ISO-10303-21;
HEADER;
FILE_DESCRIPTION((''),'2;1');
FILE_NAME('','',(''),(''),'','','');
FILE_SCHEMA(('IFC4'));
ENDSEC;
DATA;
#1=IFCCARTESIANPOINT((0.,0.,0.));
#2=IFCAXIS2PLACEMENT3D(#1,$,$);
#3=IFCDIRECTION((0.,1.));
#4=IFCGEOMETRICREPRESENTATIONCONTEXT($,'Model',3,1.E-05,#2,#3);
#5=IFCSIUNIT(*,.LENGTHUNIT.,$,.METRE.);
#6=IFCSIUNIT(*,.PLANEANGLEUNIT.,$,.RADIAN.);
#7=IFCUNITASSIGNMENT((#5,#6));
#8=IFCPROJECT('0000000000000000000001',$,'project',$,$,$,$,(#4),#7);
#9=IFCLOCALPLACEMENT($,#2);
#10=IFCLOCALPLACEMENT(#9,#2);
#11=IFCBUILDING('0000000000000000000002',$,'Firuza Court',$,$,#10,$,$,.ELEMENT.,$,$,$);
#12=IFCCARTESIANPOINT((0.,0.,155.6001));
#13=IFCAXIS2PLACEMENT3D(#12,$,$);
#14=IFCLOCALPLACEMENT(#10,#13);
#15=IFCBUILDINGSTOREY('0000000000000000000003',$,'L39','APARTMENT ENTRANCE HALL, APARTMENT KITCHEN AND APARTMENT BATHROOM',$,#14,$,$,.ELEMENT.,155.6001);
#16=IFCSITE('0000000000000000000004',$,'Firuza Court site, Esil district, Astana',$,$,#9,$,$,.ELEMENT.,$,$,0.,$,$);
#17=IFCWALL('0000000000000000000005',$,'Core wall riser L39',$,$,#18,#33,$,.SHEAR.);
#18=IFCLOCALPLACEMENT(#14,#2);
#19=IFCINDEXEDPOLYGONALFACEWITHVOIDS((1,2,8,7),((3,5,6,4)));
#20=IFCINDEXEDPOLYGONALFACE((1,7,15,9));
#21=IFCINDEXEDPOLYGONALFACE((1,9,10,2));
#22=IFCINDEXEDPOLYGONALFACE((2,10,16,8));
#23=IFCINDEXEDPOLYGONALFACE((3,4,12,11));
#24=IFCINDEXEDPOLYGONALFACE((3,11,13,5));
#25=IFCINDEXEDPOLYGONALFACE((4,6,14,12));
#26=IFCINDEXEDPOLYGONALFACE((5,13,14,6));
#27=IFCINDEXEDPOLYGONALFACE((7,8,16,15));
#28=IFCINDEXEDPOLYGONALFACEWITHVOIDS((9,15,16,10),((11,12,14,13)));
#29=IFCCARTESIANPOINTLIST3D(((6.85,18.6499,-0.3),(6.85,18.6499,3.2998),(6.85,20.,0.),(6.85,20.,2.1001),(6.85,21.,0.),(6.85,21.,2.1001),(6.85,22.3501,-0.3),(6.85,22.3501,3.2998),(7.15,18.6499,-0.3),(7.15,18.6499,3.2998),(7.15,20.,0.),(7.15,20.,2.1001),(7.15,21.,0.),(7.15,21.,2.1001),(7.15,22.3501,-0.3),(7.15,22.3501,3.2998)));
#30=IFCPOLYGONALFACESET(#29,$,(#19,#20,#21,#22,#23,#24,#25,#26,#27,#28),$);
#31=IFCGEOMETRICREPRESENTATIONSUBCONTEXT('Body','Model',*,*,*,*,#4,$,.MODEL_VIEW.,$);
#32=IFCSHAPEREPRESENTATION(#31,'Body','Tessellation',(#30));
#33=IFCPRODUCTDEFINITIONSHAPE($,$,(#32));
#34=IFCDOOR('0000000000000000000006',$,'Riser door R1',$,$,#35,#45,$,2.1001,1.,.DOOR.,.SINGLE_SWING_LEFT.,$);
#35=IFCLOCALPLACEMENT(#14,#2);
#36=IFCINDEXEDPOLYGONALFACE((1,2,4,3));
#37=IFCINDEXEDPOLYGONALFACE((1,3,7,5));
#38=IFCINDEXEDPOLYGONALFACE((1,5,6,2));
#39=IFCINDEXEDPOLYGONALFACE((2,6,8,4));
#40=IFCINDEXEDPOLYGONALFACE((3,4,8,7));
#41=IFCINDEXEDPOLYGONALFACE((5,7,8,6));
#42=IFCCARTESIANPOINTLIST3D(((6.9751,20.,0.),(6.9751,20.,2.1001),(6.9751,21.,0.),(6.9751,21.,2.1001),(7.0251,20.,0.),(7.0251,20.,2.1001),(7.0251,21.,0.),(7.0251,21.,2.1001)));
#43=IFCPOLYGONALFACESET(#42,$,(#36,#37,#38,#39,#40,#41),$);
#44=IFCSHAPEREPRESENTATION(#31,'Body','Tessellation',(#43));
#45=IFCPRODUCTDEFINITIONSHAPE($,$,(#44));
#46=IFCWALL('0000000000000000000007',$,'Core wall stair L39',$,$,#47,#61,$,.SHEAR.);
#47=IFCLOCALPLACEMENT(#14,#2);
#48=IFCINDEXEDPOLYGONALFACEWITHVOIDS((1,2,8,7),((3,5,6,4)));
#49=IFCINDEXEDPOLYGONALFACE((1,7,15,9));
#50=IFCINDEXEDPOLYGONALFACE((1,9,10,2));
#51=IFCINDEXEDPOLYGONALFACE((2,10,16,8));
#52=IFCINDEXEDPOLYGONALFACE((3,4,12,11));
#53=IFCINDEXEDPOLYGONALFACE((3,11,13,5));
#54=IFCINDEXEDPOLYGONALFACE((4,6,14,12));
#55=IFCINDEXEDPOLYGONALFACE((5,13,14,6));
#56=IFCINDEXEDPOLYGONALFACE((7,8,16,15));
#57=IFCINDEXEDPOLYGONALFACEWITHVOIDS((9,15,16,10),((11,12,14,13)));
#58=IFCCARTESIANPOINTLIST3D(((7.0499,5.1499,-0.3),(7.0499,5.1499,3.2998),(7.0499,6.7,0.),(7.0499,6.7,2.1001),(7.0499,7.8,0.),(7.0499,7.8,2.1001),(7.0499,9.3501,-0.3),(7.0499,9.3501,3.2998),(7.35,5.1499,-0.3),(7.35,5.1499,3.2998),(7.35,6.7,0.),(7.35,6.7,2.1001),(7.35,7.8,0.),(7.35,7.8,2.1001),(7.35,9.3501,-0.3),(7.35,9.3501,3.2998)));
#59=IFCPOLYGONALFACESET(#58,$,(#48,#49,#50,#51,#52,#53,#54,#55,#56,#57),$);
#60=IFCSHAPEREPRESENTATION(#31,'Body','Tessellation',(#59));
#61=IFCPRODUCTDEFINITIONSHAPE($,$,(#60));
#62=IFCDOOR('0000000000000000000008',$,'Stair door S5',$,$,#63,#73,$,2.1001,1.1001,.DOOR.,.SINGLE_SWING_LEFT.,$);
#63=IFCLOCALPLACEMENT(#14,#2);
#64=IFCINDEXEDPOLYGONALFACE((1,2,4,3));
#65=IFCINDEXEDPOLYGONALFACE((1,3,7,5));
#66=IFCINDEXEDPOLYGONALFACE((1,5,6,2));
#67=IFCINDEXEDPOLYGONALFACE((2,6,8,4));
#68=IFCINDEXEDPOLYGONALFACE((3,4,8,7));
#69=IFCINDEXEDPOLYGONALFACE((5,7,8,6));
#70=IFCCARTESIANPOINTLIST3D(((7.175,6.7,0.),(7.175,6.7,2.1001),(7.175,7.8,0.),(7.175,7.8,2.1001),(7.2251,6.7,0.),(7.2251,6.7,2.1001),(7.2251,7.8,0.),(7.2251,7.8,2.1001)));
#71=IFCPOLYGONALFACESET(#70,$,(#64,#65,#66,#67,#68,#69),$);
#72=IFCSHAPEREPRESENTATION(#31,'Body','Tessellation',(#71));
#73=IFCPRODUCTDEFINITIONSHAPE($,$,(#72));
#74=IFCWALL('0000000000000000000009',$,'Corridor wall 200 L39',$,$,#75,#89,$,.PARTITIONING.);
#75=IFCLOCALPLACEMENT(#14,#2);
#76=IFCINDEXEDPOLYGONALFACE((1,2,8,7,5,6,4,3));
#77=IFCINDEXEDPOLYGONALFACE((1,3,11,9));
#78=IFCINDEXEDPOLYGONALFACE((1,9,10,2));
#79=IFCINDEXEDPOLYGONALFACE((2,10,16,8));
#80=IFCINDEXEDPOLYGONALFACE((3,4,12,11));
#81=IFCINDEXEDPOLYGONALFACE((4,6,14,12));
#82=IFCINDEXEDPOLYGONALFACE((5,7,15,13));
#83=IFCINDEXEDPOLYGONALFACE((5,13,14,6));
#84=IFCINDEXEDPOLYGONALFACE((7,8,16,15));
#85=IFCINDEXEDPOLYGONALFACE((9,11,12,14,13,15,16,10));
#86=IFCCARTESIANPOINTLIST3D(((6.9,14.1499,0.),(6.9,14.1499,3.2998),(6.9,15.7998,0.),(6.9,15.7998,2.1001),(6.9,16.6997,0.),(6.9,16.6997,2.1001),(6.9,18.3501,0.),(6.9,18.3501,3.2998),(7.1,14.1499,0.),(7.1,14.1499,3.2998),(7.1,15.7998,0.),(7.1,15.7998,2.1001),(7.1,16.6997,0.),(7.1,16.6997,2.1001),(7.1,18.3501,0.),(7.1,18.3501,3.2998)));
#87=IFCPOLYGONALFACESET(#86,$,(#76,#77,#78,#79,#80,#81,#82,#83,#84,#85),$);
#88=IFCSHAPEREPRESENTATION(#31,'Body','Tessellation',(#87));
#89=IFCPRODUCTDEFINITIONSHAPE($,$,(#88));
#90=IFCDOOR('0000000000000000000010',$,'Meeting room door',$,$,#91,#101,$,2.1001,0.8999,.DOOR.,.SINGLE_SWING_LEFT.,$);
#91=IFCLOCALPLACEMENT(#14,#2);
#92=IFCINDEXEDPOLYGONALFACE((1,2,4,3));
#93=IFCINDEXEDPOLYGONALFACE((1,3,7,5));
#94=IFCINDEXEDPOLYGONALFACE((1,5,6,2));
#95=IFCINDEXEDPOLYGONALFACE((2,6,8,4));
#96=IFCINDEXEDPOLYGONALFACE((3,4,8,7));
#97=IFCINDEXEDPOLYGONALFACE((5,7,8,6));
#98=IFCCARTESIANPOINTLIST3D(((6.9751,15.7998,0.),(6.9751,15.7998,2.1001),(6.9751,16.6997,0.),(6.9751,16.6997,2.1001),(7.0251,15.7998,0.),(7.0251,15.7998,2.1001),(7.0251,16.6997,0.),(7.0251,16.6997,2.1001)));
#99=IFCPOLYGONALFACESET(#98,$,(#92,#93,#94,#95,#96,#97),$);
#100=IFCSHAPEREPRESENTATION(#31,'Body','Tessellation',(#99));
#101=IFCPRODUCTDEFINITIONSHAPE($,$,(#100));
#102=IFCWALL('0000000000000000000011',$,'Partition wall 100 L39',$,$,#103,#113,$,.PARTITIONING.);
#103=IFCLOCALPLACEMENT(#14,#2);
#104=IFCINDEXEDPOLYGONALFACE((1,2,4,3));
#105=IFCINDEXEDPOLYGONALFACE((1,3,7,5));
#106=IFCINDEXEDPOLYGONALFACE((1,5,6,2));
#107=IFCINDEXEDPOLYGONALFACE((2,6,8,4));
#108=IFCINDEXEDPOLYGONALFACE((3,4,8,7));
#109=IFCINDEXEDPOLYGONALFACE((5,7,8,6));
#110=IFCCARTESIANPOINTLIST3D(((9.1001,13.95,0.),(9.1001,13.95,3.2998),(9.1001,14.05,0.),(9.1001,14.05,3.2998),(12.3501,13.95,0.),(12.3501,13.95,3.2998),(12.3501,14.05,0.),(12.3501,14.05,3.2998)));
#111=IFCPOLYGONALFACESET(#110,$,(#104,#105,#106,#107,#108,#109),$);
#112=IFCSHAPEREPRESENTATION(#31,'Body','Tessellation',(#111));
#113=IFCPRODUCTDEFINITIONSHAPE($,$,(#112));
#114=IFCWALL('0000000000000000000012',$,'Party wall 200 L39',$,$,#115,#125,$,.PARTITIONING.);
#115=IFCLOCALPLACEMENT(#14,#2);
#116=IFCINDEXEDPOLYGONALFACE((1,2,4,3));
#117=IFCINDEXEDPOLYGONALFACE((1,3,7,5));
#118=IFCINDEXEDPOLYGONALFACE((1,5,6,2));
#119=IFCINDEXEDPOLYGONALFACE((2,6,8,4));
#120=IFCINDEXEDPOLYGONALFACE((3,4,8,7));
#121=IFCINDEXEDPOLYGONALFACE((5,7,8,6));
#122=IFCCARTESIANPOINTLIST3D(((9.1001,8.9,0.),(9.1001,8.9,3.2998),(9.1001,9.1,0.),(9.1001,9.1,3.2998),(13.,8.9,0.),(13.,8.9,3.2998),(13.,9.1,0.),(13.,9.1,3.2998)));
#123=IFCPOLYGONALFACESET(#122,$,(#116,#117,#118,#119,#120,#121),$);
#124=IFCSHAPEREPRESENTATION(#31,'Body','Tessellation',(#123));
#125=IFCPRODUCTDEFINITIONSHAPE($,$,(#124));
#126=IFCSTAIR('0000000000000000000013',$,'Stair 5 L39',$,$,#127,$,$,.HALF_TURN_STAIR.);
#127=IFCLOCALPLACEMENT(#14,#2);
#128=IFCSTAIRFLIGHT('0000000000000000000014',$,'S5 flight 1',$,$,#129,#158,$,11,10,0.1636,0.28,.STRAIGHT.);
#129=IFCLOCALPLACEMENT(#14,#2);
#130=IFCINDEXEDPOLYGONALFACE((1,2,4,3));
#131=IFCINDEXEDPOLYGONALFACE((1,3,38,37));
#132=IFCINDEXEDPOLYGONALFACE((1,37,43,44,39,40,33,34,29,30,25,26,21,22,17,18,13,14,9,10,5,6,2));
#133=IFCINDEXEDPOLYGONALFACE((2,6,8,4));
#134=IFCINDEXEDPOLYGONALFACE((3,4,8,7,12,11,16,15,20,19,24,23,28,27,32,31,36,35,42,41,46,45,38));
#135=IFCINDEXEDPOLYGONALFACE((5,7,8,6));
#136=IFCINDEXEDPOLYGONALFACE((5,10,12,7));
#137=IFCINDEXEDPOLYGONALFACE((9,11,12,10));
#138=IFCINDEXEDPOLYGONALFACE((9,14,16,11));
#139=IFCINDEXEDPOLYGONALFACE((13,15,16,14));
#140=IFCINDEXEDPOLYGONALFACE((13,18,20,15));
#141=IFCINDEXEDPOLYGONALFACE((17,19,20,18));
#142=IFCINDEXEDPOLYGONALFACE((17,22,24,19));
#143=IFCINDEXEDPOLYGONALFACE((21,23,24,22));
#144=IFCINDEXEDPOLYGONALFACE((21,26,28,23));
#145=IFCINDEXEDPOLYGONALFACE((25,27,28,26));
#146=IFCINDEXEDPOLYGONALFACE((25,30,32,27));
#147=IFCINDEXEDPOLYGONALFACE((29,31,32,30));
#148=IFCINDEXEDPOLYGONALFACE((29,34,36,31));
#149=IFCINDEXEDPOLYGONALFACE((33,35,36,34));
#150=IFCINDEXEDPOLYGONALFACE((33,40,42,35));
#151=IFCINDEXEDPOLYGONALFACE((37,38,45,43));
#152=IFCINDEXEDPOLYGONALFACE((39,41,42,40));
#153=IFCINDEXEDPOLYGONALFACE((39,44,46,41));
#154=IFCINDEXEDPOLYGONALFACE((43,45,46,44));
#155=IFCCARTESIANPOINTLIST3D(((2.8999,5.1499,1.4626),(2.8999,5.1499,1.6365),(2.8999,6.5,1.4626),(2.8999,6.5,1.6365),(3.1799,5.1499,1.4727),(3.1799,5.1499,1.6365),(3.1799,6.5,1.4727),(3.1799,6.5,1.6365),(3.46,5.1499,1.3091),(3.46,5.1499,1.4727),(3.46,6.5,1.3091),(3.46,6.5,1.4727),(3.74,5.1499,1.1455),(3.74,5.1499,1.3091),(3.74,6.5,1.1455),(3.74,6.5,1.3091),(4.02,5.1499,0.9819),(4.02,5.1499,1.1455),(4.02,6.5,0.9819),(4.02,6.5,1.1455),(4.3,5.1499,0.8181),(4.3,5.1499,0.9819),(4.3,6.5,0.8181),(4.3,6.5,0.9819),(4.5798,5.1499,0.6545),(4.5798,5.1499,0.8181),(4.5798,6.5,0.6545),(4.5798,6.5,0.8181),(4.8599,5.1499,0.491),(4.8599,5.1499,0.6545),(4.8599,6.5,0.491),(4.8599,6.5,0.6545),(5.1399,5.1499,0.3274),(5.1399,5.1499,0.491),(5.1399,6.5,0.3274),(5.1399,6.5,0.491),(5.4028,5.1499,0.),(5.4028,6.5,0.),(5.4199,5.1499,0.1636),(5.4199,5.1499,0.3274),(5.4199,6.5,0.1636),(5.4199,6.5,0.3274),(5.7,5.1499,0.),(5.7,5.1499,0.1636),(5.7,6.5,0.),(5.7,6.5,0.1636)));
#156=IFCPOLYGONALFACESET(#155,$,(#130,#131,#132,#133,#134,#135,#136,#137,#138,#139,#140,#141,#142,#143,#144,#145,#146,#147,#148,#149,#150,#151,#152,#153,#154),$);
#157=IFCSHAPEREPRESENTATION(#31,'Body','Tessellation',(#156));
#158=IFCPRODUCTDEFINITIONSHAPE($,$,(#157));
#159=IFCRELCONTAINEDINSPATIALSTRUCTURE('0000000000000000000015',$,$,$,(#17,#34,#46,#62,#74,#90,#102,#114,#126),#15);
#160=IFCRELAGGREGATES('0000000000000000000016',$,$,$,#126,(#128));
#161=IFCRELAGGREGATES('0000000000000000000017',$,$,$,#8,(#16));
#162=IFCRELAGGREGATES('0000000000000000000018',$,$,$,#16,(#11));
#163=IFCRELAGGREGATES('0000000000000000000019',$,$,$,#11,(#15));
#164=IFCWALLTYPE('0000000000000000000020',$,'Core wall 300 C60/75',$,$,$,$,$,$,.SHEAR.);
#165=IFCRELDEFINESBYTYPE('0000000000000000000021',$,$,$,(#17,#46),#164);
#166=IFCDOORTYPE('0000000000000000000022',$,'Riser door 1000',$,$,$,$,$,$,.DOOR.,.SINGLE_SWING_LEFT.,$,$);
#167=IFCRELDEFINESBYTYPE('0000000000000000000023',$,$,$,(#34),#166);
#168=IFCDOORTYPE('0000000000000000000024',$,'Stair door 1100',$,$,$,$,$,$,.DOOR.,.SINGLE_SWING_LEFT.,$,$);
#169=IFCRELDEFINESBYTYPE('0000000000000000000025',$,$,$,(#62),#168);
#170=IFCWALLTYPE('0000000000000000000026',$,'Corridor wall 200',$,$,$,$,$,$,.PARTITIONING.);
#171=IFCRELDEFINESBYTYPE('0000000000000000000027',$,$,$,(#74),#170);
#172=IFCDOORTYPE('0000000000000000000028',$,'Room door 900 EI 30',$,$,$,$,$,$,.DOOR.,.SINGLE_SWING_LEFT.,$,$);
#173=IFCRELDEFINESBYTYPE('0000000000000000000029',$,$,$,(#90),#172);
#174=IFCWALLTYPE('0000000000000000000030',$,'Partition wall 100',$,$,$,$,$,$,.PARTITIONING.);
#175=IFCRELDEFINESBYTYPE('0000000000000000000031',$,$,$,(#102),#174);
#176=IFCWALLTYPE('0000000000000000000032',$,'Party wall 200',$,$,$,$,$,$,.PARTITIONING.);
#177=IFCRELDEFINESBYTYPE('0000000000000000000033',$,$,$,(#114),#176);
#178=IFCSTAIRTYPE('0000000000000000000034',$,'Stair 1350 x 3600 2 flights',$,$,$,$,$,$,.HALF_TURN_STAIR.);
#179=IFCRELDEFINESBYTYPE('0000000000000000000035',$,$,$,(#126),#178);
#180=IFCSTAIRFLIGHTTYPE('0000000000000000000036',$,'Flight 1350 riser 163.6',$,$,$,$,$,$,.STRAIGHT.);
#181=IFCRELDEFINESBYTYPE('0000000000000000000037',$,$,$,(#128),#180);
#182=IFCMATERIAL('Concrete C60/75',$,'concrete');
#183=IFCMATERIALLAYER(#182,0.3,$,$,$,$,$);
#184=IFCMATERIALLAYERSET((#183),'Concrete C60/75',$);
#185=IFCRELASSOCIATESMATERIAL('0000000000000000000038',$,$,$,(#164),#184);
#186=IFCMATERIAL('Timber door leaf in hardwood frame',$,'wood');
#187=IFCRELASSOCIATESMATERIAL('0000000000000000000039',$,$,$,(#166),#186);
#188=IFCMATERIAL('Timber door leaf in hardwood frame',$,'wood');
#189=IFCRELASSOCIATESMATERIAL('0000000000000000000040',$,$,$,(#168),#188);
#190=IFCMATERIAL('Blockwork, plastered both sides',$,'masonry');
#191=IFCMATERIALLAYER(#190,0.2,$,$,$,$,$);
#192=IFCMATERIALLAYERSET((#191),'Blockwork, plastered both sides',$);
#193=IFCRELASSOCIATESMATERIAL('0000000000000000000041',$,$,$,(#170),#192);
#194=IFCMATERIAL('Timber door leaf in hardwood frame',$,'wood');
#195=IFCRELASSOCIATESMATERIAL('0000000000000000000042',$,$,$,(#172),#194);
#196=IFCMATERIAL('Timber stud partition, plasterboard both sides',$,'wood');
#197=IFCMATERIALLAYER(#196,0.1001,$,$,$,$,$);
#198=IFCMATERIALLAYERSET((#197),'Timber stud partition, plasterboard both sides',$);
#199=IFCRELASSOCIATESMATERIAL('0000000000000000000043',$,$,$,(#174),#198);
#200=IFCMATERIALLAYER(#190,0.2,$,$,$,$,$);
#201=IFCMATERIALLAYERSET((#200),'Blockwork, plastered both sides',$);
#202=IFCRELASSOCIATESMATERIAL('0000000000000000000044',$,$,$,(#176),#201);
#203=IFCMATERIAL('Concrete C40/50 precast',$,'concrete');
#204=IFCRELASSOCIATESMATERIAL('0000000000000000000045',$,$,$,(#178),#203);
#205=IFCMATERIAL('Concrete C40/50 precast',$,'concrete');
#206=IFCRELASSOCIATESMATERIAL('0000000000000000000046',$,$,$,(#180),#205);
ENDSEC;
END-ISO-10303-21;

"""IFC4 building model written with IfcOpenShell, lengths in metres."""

from ifc_helpers import new_model, si_unit, direction, frame, frame_2d, origin, place, context, subcontext, project, spatial, polyline, rectangle, outline, extrude, material, layer, layer_set, type_object, element, fill, aggregate, save


model = new_model("IFC4")

# Units and contexts
model_context = context("Model", 3, precision=1e-05, world=origin(), true_north=direction((0.0, 1.0)))
body_context = subcontext(model_context, "Body", "Model", "MODEL_VIEW")
ifc_project = project(units=[si_unit("LENGTHUNIT", "METRE"), si_unit("PLANEANGLEUNIT", "RADIAN")], contexts=[model_context])

# Site, building, storey
site_placement = place(None, origin())
site = spatial("IfcSite", under=ifc_project, at=site_placement, Name="Firuza Court site, Esil district, Astana", CompositionType="ELEMENT", RefElevation=0.0)
building_placement = place(site_placement, origin())
building = spatial("IfcBuilding", under=site, at=building_placement, Name="Firuza Court", CompositionType="ELEMENT")
storey_placement = place(building_placement, frame((0.0, 0.0, 155.6001)))
storey = spatial("IfcBuildingStorey", under=building, at=storey_placement, Name="L39", Description="APARTMENT ENTRANCE HALL, APARTMENT KITCHEN AND APARTMENT BATHROOM", CompositionType="ELEMENT", Elevation=155.6001)

# Shared definitions
ifc_material_1 = material(Name="Concrete C60/75", Category="concrete")
ifc_layer_1 = layer(ifc_material_1, 0.3)
ifc_layer_set_1 = layer_set([ifc_layer_1], Name="Concrete C60/75")
wall_type_1 = type_object("IfcWallType", Name="Core wall 300 C60/75", PredefinedType="SHEAR", material=ifc_layer_set_1)

# Walls, openings, doors
ifc_material_2 = material(Name="Timber door leaf in hardwood frame", Category="wood")
door_type_1 = type_object("IfcDoorType", Name="Riser door 1000", OperationType="SINGLE_SWING_LEFT", PredefinedType="DOOR", material=ifc_material_2)
wall_1_placement = place(storey_placement, frame((7.0, 18.6499, -0.3), z_axis=(0.0, 0.0, 1.0), x_axis=(0.0, 1.0, 0.0)))
wall_1 = element("IfcWall", 1, at=wall_1_placement, inside=storey, type_object=wall_type_1, Name="Core wall riser L39", PredefinedType="SHEAR", context=body_context, shape_type="SweptSolid", body=[
    extrude(rectangle(XDim=3.7002, YDim=0.3, at=frame_2d((1.8501, 0.0))), origin(), (0.0, 0.0, 1.0), 3.5999),
])
opening_1_placement = place(wall_1_placement, frame((1.3501, 0.0, 0.3)))
opening_1 = element("IfcOpeningElement", 2, at=opening_1_placement, cuts=wall_1, PredefinedType="OPENING", context=body_context, shape_type="SweptSolid", body=[
    extrude(rectangle(XDim=1.0, YDim=2.1001, at=frame_2d((0.5, 1.05))), frame((0.0, 0.1621, 0.0), z_axis=(0.0, -1.0, 0.0), x_axis=(1.0, 0.0, 0.0)), (0.0, 0.0, 1.0), 0.324),
])
door_1_placement = place(opening_1_placement, origin())
door_1 = element("IfcDoor", 3, at=door_1_placement, inside=storey, type_object=door_type_1, Name="Riser door R1", OperationType="SINGLE_SWING_LEFT", OverallHeight=2.1001, OverallWidth=1.0, PredefinedType="DOOR", context=body_context, shape_type="SweptSolid", body=[
    extrude(rectangle(XDim=1.0, YDim=2.1001, at=frame_2d((0.5, 1.05))), frame((0.0, 0.0249, 0.0), z_axis=(0.0, -1.0, 0.0), x_axis=(1.0, 0.0, 0.0)), (0.0, 0.0, 1.0), 0.05),
])
fill(opening_1, door_1)
wall_2_placement = place(storey_placement, frame((7.2, 5.1499, -0.3), z_axis=(0.0, 0.0, 1.0), x_axis=(0.0, 1.0, 0.0)))
wall_2 = element("IfcWall", 4, at=wall_2_placement, inside=storey, type_object=wall_type_1, Name="Core wall stair L39", PredefinedType="SHEAR", context=body_context, shape_type="SweptSolid", body=[
    extrude(rectangle(XDim=4.2002, YDim=0.3, at=frame_2d((2.1001, 0.0))), origin(), (0.0, 0.0, 1.0), 3.5999),
])
opening_2_placement = place(wall_2_placement, frame((1.55, 0.0, 0.3)))
opening_2 = element("IfcOpeningElement", 5, at=opening_2_placement, cuts=wall_2, PredefinedType="OPENING", context=body_context, shape_type="SweptSolid", body=[
    extrude(rectangle(XDim=1.1001, YDim=2.1001, at=frame_2d((0.55, 1.05))), frame((0.0, 0.1621, 0.0), z_axis=(0.0, -1.0, 0.0), x_axis=(1.0, 0.0, 0.0)), (0.0, 0.0, 1.0), 0.324),
])
ifc_material_3 = material(Name="Timber door leaf in hardwood frame", Category="wood")
door_type_2 = type_object("IfcDoorType", Name="Stair door 1100", OperationType="SINGLE_SWING_LEFT", PredefinedType="DOOR", material=ifc_material_3)
door_2_placement = place(opening_2_placement, origin())
door_2 = element("IfcDoor", 6, at=door_2_placement, inside=storey, type_object=door_type_2, Name="Stair door S5", OperationType="SINGLE_SWING_LEFT", OverallHeight=2.1001, OverallWidth=1.1001, PredefinedType="DOOR", context=body_context, shape_type="SweptSolid", body=[
    extrude(rectangle(XDim=1.1001, YDim=2.1001, at=frame_2d((0.55, 1.05))), frame((0.0, 0.0249, 0.0), z_axis=(0.0, -1.0, 0.0), x_axis=(1.0, 0.0, 0.0)), (0.0, 0.0, 1.0), 0.05),
])
fill(opening_2, door_2)
ifc_material_4 = material(Name="Blockwork, plastered both sides", Category="masonry")
ifc_layer_2 = layer(ifc_material_4, 0.2)
ifc_layer_set_2 = layer_set([ifc_layer_2], Name="Blockwork, plastered both sides")
wall_type_2 = type_object("IfcWallType", Name="Corridor wall 200", PredefinedType="PARTITIONING", material=ifc_layer_set_2)
wall_3_placement = place(storey_placement, frame((7.0, 14.1499, 0.0), z_axis=(0.0, 0.0, 1.0), x_axis=(0.0, 1.0, 0.0)))
wall_3 = element("IfcWall", 7, at=wall_3_placement, inside=storey, type_object=wall_type_2, Name="Corridor wall 200 L39", PredefinedType="PARTITIONING", context=body_context, shape_type="SweptSolid", body=[
    extrude(rectangle(XDim=4.2002, YDim=0.2, at=frame_2d((2.1001, 0.0))), origin(), (0.0, 0.0, 1.0), 3.2998),
])
opening_3_placement = place(wall_3_placement, frame((1.6499, 0.0, 0.0)))
opening_3 = element("IfcOpeningElement", 8, at=opening_3_placement, cuts=wall_3, PredefinedType="OPENING", context=body_context, shape_type="SweptSolid", body=[
    extrude(rectangle(XDim=0.8999, YDim=2.1001, at=frame_2d((0.45, 1.05))), frame((0.0, 0.1118, 0.0), z_axis=(0.0, -1.0, 0.0), x_axis=(1.0, 0.0, 0.0)), (0.0, 0.0, 1.0), 0.2239),
])
ifc_material_5 = material(Name="Timber door leaf in hardwood frame", Category="wood")
door_type_3 = type_object("IfcDoorType", Name="Room door 900 EI 30", OperationType="SINGLE_SWING_LEFT", PredefinedType="DOOR", material=ifc_material_5)
door_3_placement = place(opening_3_placement, origin())
door_3 = element("IfcDoor", 9, at=door_3_placement, inside=storey, type_object=door_type_3, Name="Meeting room door", OperationType="SINGLE_SWING_LEFT", OverallHeight=2.1001, OverallWidth=0.8999, PredefinedType="DOOR", context=body_context, shape_type="SweptSolid", body=[
    extrude(rectangle(XDim=0.8999, YDim=2.1001, at=frame_2d((0.45, 1.05))), frame((0.0, 0.0249, 0.0), z_axis=(0.0, -1.0, 0.0), x_axis=(1.0, 0.0, 0.0)), (0.0, 0.0, 1.0), 0.05),
])
fill(opening_3, door_3)

# Walls
ifc_material_6 = material(Name="Timber stud partition, plasterboard both sides", Category="wood")
ifc_layer_3 = layer(ifc_material_6, 0.1001)
ifc_layer_set_3 = layer_set([ifc_layer_3], Name="Timber stud partition, plasterboard both sides")
wall_type_3 = type_object("IfcWallType", Name="Partition wall 100", PredefinedType="PARTITIONING", material=ifc_layer_set_3)
wall_4_placement = place(storey_placement, frame((9.1001, 14.0, 0.0), z_axis=(0.0, 0.0, 1.0), x_axis=(1.0, 0.0, 0.0)))
element("IfcWall", 10, at=wall_4_placement, inside=storey, type_object=wall_type_3, Name="Partition wall 100 L39", PredefinedType="PARTITIONING", context=body_context, shape_type="SweptSolid", body=[
    extrude(rectangle(XDim=3.25, YDim=0.1001, at=frame_2d((1.625, 0.0))), origin(), (0.0, 0.0, 1.0), 3.2998),
])
ifc_layer_4 = layer(ifc_material_4, 0.2)
ifc_layer_set_4 = layer_set([ifc_layer_4], Name="Blockwork, plastered both sides")
wall_type_4 = type_object("IfcWallType", Name="Party wall 200", PredefinedType="PARTITIONING", material=ifc_layer_set_4)
wall_5_placement = place(storey_placement, frame((9.1001, 9.0, 0.0), z_axis=(0.0, 0.0, 1.0), x_axis=(1.0, 0.0, 0.0)))
element("IfcWall", 11, at=wall_5_placement, inside=storey, type_object=wall_type_4, Name="Party wall 200 L39", PredefinedType="PARTITIONING", context=body_context, shape_type="SweptSolid", body=[
    extrude(rectangle(XDim=3.8999, YDim=0.2, at=frame_2d((1.95, 0.0))), origin(), (0.0, 0.0, 1.0), 3.2998),
])

# Stair, stair flight
ifc_material_7 = material(Name="Concrete C40/50 precast", Category="concrete")
stair_type = type_object("IfcStairType", Name="Stair 1350 x 3600 2 flights", PredefinedType="HALF_TURN_STAIR", material=ifc_material_7)
stair_placement = place(storey_placement, origin())
stair = element("IfcStair", 12, at=stair_placement, inside=storey, type_object=stair_type, Name="Stair 5 L39", PredefinedType="HALF_TURN_STAIR")
ifc_material_8 = material(Name="Concrete C40/50 precast", Category="concrete")
stair_flight_type = type_object("IfcStairFlightType", Name="Flight 1350 riser 163.6", PredefinedType="STRAIGHT", material=ifc_material_8)
stair_flight_1_placement = place(storey_placement, frame((5.7, 5.825, 0.0), z_axis=(0.0, 0.0, 1.0), x_axis=(-1.0, 0.0, 0.0)))
stair_flight_1 = element("IfcStairFlight", 13, at=stair_flight_1_placement, type_object=stair_flight_type, Name="S5 flight 1", NumberOfRisers=11, NumberOfTreads=10, PredefinedType="STRAIGHT", RiserHeight=0.1636, TreadLength=0.28, context=body_context, shape_type="SweptSolid", body=[
    extrude(outline(polyline([(0.0, 0.0), (0.0, 0.1636), (0.28, 0.1636), (0.28, 0.3274), (0.5601, 0.3274), (0.5601, 0.491), (0.8401, 0.491), (0.8401, 0.6545), (1.1201, 0.6545), (1.1201, 0.8181), (1.3999, 0.8181), (1.3999, 0.9819), (1.6799, 0.9819), (1.6799, 1.1455), (1.96, 1.1455), (1.96, 1.3091), (2.24, 1.3091), (2.24, 1.4727), (2.52, 1.4727), (2.52, 1.6365), (2.8, 1.6365), (2.8, 1.8), (2.8, 1.4626), (0.2971, 0.0), (0.0, 0.0)])), frame((0.0, 0.675, 0.0), z_axis=(0.0, -1.0, 0.0), x_axis=(1.0, 0.0, 0.0)), (0.0, 0.0, 1.0), 1.3501),
])
aggregate(stair, [stair_flight_1])

save(model, "model.ifc")
